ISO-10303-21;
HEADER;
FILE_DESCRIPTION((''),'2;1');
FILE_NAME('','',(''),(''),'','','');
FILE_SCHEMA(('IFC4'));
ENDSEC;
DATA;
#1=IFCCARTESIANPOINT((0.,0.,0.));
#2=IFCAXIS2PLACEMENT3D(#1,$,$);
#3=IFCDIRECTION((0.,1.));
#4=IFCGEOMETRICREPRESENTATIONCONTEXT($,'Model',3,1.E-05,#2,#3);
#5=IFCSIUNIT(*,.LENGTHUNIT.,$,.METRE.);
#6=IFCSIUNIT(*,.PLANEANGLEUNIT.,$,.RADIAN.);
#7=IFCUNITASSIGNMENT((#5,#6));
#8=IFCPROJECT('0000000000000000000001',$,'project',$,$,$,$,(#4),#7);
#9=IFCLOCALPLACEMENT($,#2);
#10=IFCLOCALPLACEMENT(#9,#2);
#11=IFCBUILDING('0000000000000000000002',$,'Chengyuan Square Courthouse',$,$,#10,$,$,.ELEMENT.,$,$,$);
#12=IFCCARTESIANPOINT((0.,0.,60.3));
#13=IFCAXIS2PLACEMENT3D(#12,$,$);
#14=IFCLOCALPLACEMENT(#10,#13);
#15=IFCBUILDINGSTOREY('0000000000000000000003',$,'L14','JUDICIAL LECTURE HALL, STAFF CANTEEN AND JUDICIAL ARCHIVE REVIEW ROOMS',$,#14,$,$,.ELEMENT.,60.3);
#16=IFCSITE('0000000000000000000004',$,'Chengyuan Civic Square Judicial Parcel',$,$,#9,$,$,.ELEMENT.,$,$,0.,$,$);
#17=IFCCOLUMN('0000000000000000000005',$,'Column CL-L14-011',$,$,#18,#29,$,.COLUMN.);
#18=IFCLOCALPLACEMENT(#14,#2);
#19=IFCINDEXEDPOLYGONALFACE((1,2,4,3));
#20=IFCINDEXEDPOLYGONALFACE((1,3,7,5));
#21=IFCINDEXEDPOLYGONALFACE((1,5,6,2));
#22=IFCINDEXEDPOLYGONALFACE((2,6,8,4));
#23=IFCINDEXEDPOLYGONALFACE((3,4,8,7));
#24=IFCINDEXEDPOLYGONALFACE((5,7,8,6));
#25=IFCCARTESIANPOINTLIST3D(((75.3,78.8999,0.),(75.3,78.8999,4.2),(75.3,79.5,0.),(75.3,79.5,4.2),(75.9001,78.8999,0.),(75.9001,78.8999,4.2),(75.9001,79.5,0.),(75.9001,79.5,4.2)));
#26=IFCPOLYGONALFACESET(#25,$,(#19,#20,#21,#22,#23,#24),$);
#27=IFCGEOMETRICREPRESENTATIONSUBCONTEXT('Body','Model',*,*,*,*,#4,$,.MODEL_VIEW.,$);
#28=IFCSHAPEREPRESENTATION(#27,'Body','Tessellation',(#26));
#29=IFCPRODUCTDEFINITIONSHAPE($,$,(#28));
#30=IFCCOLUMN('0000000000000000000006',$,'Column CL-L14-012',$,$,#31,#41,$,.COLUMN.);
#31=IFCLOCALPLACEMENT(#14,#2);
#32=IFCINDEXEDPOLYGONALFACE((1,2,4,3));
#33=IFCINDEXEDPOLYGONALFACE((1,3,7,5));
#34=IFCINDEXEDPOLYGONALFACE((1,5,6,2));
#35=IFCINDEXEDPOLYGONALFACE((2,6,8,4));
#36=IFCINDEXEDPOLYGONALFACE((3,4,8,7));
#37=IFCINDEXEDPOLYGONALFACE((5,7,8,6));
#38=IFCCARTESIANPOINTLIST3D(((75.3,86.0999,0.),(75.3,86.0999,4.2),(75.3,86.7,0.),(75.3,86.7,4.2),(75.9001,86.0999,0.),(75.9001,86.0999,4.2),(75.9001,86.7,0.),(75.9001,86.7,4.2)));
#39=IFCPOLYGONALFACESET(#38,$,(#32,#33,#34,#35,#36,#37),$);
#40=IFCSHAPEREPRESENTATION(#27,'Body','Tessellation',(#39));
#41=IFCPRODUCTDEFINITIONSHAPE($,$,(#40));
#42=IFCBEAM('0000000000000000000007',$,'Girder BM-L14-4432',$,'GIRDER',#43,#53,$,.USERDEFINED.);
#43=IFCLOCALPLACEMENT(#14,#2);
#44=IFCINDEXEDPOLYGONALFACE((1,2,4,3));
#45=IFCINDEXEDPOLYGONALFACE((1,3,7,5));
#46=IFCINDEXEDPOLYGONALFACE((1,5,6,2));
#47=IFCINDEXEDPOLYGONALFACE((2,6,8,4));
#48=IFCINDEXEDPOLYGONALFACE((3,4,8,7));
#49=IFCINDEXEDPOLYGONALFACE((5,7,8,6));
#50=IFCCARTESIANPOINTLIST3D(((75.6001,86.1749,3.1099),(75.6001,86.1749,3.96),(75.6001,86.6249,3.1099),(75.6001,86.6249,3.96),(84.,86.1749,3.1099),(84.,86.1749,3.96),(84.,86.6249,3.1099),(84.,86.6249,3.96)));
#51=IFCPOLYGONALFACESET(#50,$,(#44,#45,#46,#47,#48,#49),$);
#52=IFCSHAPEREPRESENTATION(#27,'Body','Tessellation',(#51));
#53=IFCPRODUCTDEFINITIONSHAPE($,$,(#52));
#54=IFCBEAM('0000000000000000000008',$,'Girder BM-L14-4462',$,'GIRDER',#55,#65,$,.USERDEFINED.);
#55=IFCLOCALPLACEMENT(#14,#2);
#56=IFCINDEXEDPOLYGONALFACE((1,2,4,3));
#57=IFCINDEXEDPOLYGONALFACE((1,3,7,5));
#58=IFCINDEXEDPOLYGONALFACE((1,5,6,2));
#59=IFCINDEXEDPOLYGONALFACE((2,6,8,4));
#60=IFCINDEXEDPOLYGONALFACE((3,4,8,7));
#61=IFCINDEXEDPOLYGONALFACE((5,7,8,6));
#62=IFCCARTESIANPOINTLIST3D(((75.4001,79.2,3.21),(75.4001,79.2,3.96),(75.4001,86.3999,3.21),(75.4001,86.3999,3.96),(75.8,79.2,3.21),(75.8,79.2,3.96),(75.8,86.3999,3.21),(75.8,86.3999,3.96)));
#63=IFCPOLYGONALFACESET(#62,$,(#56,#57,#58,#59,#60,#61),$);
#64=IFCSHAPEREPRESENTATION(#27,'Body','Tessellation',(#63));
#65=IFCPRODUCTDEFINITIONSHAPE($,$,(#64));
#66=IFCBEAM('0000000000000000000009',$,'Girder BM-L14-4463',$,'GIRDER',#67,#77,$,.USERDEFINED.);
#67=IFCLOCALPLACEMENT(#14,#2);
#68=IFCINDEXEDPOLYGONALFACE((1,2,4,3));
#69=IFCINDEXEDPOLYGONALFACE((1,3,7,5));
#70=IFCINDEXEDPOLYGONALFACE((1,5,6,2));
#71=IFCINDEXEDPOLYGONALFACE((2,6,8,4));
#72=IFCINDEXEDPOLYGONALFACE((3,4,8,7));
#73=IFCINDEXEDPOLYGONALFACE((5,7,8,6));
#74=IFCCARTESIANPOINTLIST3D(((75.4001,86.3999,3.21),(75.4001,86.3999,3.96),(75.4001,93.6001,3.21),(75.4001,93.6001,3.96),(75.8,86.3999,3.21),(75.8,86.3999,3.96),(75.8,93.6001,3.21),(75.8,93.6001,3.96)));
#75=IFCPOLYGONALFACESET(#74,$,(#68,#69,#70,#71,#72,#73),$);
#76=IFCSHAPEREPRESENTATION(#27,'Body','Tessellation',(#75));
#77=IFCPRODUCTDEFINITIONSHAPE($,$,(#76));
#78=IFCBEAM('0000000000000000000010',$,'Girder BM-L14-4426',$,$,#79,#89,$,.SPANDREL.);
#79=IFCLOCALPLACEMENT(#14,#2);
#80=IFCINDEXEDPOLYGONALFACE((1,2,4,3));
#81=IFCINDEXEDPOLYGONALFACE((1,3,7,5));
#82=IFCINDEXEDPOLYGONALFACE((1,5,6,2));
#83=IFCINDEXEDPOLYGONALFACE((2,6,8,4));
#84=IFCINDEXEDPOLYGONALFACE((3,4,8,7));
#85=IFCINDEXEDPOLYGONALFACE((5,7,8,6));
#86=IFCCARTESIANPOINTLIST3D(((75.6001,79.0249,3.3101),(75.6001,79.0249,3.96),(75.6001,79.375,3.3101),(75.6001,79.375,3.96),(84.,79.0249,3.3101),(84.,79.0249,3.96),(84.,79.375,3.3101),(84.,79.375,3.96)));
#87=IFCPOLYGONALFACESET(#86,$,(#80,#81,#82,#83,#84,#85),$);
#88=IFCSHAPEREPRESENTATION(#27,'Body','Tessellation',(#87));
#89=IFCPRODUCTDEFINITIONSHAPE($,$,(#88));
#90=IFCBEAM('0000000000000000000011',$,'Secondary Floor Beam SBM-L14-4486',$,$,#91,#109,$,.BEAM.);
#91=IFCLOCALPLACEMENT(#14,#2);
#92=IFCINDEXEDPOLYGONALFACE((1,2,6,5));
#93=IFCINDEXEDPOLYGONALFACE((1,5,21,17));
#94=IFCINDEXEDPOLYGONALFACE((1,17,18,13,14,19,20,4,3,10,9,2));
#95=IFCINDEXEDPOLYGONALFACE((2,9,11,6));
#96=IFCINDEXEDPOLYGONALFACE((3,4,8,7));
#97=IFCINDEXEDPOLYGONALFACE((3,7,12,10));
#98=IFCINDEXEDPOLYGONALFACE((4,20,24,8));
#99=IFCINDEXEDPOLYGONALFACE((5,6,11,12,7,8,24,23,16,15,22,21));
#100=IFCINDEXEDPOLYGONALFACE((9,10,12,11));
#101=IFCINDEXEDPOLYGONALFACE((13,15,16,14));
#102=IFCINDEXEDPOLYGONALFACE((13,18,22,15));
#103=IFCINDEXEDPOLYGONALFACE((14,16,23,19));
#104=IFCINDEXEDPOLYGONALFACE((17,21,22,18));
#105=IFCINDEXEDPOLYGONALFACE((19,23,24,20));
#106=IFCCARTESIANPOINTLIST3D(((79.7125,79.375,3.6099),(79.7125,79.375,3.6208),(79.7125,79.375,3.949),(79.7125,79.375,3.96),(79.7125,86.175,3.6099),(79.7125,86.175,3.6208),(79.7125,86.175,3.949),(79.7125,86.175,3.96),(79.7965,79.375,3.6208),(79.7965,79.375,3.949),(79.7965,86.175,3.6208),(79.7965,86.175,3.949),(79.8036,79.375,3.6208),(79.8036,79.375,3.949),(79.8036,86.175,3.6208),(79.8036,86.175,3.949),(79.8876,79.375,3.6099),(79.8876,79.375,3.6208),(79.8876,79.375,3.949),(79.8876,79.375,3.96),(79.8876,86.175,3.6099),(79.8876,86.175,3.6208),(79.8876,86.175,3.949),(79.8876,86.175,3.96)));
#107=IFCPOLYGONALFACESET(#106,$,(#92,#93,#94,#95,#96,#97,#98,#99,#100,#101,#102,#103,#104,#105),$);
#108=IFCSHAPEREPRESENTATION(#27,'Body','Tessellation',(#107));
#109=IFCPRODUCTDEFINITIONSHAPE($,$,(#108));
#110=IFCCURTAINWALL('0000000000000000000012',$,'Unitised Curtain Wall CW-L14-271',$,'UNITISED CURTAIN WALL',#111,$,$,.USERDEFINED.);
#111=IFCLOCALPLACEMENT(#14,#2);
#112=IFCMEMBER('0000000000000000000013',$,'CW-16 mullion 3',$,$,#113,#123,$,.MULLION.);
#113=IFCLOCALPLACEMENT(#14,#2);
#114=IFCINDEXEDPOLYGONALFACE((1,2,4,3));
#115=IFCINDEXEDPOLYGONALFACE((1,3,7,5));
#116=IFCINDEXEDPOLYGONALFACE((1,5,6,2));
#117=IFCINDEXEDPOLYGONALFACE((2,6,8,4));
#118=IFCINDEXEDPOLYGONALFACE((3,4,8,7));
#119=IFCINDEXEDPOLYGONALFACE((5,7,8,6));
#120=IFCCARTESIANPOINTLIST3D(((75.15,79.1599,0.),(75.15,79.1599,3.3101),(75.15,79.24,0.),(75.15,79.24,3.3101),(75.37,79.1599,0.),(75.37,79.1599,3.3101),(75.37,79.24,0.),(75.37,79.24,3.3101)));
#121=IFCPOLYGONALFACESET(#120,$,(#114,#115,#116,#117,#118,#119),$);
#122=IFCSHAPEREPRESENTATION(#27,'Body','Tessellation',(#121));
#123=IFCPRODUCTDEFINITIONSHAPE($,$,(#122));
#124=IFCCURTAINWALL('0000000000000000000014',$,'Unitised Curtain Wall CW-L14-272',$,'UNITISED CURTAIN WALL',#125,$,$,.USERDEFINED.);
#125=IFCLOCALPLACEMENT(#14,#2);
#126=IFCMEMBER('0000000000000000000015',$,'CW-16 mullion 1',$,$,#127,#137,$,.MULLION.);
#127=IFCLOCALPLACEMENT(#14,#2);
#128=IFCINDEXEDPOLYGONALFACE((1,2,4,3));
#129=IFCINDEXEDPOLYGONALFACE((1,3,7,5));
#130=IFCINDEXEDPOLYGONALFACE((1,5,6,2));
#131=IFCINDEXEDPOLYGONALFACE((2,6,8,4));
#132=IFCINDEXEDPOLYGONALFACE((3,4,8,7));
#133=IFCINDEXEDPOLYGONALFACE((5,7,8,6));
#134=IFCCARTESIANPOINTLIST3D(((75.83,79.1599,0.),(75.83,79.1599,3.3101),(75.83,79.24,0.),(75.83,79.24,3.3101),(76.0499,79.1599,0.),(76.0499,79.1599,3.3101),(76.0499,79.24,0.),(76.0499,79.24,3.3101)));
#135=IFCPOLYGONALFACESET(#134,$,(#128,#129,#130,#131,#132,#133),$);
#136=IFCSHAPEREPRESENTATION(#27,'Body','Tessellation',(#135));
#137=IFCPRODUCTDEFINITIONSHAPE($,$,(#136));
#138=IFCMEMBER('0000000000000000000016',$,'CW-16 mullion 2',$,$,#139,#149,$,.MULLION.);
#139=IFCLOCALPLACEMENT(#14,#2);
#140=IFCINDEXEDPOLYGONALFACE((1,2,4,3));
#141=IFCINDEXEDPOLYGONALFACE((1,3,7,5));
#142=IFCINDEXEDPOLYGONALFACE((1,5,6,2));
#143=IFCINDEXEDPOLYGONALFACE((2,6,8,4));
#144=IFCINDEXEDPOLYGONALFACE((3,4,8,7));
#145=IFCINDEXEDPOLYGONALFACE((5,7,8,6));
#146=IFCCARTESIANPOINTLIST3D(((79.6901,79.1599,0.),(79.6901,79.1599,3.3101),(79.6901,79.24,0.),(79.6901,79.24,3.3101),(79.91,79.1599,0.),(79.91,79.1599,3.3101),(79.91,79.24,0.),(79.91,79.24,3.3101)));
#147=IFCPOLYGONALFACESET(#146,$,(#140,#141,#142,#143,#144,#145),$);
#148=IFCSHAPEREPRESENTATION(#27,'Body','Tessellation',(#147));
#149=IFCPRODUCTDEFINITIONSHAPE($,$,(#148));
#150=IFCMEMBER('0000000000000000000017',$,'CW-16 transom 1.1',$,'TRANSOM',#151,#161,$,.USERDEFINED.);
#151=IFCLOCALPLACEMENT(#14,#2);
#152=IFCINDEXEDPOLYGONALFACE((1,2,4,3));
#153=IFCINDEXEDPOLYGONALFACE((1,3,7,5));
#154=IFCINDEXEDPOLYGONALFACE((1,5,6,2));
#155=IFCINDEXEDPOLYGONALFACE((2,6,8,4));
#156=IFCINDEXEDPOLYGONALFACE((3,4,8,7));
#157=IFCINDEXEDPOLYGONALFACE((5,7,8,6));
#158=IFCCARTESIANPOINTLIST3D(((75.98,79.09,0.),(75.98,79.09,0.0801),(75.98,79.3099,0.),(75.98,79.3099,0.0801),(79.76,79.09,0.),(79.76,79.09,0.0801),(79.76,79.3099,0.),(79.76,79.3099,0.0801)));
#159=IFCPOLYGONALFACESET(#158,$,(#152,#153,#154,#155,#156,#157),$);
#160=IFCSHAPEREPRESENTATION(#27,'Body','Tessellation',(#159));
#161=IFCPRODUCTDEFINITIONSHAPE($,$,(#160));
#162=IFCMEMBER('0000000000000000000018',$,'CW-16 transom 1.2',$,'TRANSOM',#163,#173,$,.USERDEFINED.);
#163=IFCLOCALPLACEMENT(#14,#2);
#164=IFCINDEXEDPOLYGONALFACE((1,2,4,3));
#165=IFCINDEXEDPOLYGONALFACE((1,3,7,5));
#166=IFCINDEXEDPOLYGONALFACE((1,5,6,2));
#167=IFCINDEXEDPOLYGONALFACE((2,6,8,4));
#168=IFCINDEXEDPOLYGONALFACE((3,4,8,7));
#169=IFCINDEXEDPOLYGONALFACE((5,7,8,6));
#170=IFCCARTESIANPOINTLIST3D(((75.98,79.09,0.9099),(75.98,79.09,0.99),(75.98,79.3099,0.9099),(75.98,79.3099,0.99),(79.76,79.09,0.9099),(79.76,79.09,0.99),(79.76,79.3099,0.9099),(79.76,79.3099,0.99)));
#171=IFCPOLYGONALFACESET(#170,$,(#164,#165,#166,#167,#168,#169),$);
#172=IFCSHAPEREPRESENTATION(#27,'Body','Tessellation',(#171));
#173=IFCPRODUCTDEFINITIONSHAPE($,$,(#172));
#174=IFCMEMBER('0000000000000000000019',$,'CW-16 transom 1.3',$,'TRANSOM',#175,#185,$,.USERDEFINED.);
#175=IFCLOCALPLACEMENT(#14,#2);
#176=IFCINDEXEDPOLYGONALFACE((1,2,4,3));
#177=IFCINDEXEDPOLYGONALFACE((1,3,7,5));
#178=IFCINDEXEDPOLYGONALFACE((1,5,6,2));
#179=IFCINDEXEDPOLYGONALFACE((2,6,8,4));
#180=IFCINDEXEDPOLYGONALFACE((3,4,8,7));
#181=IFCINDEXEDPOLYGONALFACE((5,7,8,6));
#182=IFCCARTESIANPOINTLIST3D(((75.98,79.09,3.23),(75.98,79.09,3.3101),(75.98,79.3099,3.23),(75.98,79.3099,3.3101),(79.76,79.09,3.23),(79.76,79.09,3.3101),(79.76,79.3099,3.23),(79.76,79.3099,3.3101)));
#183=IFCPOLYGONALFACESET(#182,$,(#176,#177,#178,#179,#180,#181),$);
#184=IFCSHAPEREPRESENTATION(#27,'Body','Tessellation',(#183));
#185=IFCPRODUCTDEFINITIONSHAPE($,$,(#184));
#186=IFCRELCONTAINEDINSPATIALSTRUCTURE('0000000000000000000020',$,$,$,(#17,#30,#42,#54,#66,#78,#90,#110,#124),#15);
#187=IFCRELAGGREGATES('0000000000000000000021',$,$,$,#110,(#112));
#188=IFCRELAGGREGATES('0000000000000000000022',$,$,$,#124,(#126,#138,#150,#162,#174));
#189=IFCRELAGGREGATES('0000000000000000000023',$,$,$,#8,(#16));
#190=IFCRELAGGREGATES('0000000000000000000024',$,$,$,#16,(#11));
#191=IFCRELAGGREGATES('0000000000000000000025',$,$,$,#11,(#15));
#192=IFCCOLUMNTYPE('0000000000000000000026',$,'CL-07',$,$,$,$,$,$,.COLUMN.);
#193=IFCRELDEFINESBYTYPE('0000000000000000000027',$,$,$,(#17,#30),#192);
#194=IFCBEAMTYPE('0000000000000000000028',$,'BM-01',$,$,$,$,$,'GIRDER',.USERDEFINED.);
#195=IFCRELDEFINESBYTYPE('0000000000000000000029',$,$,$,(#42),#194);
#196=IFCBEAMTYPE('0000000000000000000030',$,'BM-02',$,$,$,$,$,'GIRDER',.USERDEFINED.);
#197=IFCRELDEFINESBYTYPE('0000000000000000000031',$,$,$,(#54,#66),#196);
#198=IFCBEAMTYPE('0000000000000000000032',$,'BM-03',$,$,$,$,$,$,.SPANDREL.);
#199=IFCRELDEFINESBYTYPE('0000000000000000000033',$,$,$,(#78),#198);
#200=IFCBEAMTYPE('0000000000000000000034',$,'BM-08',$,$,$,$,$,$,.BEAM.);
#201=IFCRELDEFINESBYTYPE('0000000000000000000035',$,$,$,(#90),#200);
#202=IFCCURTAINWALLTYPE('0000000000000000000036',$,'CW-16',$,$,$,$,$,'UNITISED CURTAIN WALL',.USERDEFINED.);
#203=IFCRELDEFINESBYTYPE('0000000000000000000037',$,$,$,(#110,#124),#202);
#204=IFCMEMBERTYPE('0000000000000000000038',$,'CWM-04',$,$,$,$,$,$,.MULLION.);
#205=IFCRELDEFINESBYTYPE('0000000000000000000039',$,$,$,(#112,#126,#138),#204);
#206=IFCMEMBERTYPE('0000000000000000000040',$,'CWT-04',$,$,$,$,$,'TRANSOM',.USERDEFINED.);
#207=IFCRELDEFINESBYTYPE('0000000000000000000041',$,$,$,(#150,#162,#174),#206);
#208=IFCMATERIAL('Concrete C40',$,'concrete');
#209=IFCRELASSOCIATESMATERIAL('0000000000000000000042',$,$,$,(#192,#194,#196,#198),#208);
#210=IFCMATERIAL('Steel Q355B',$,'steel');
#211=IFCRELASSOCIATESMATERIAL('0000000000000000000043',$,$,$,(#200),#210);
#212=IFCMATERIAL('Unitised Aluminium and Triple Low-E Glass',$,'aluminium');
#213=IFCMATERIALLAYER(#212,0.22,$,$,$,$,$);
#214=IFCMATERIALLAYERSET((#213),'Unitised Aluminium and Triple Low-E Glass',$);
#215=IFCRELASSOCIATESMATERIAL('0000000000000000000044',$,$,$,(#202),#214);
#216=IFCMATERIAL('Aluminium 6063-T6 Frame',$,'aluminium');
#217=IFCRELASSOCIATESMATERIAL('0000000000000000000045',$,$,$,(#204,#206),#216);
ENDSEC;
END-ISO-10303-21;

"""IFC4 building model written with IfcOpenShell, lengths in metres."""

from ifc_helpers import new_model, si_unit, direction, frame, origin, origin_2d, place, context, subcontext, project, spatial, rectangle, i_section, extrude, material, layer, layer_set, material_profile, profile_set, type_object, element, aggregate, save


model = new_model("IFC4")

# Units and contexts
model_context = context("Model", 3, precision=1e-05, world=origin(), true_north=direction((0.0, 1.0)))
body_context = subcontext(model_context, "Body", "Model", "MODEL_VIEW")
ifc_project = project(units=[si_unit("LENGTHUNIT", "METRE"), si_unit("PLANEANGLEUNIT", "RADIAN")], contexts=[model_context])

# Site, building, storey
site_placement = place(None, origin())
site = spatial("IfcSite", under=ifc_project, at=site_placement, Name="Chengyuan Civic Square Judicial Parcel", CompositionType="ELEMENT", RefElevation=0.0)
building_placement = place(site_placement, origin())
building = spatial("IfcBuilding", under=site, at=building_placement, Name="Chengyuan Square Courthouse", CompositionType="ELEMENT")
storey_placement = place(building_placement, frame((0.0, 0.0, 60.3)))
storey = spatial("IfcBuildingStorey", under=building, at=storey_placement, Name="L14", Description="JUDICIAL LECTURE HALL, STAFF CANTEEN AND JUDICIAL ARCHIVE REVIEW ROOMS", CompositionType="ELEMENT", Elevation=60.3)

# Columns
ifc_material_1 = material(Name="Concrete C40", Category="concrete")
ifc_material_profile_1 = material_profile(ifc_material_1, rectangle(XDim=0.6001, YDim=0.6001, at=origin_2d()), Name="RC-COL-600x600")
ifc_profile_set_1 = profile_set([ifc_material_profile_1], Name="Concrete C40")
column_type = type_object("IfcColumnType", Name="CL-07", PredefinedType="COLUMN", material=ifc_profile_set_1)
for number, where, z_axis, x_axis, name in (
    (1, (75.6001, 79.2, 0.0), (0.0, 0.0, 1.0), (1.0, 0.0, 0.0), "Column CL-L14-011"),
    (2, (75.6001, 86.3999, 0.0), (0.0, 0.0, 1.0), (1.0, 0.0, 0.0), "Column CL-L14-012"),
):
    element("IfcColumn", number, at=place(storey_placement, frame(where, z_axis=z_axis, x_axis=x_axis)), inside=storey, type_object=column_type, Name=name, PredefinedType="COLUMN", context=body_context, shape_type="SweptSolid", body=[
        extrude(rectangle(XDim=0.6001, YDim=0.6001, at=origin_2d()), origin(), (0.0, 0.0, 1.0), 4.2),
    ])

# Beams
ifc_material_profile_2 = material_profile(ifc_material_1, rectangle(XDim=0.45, YDim=0.8501, at=origin_2d()), Name="RC-BM-450x850")
ifc_profile_set_2 = profile_set([ifc_material_profile_2], Name="Concrete C40")
beam_type_1 = type_object("IfcBeamType", Name="BM-01", ElementType="GIRDER", PredefinedType="USERDEFINED", material=ifc_profile_set_2)
beam_1_placement = place(storey_placement, frame((75.6001, 86.3999, 3.5349), z_axis=(1.0, 0.0, 0.0), x_axis=(0.0, 1.0, 0.0)))
element("IfcBeam", 3, at=beam_1_placement, inside=storey, type_object=beam_type_1, Name="Girder BM-L14-4432", ObjectType="GIRDER", PredefinedType="USERDEFINED", context=body_context, shape_type="SweptSolid", body=[
    extrude(rectangle(XDim=0.45, YDim=0.8501, at=origin_2d()), origin(), (0.0, 0.0, 1.0), 8.3999),
])
ifc_material_profile_3 = material_profile(ifc_material_1, rectangle(XDim=0.3999, YDim=0.75, at=origin_2d()), Name="RC-BM-400x750")
ifc_profile_set_3 = profile_set([ifc_material_profile_3], Name="Concrete C40")
beam_type_2 = type_object("IfcBeamType", Name="BM-02", ElementType="GIRDER", PredefinedType="USERDEFINED", material=ifc_profile_set_3)
beam_2_placement = place(storey_placement, frame((75.6001, 79.2, 3.585), z_axis=(0.0, 1.0, 0.0), x_axis=(-1.0, 0.0, 0.0)))
element("IfcBeam", 4, at=beam_2_placement, inside=storey, type_object=beam_type_2, Name="Girder BM-L14-4462", ObjectType="GIRDER", PredefinedType="USERDEFINED", context=body_context, shape_type="SweptSolid", body=[
    extrude(rectangle(XDim=0.3999, YDim=0.75, at=origin_2d()), origin(), (0.0, 0.0, 1.0), 7.2),
])
beam_3_placement = place(storey_placement, frame((75.6001, 86.3999, 3.585), z_axis=(0.0, 1.0, 0.0), x_axis=(-1.0, 0.0, 0.0)))
element("IfcBeam", 5, at=beam_3_placement, inside=storey, type_object=beam_type_2, Name="Girder BM-L14-4463", ObjectType="GIRDER", PredefinedType="USERDEFINED", context=body_context, shape_type="SweptSolid", body=[
    extrude(rectangle(XDim=0.3999, YDim=0.75, at=origin_2d()), origin(), (0.0, 0.0, 1.0), 7.2002),
])
ifc_material_profile_4 = material_profile(ifc_material_1, rectangle(XDim=0.3501, YDim=0.6499, at=origin_2d()), Name="RC-BM-350x650")
ifc_profile_set_4 = profile_set([ifc_material_profile_4], Name="Concrete C40")
beam_type_3 = type_object("IfcBeamType", Name="BM-03", PredefinedType="SPANDREL", material=ifc_profile_set_4)
beam_4_placement = place(storey_placement, frame((75.6001, 79.2, 3.635), z_axis=(1.0, 0.0, 0.0), x_axis=(0.0, 1.0, 0.0)))
element("IfcBeam", 6, at=beam_4_placement, inside=storey, type_object=beam_type_3, Name="Girder BM-L14-4426", PredefinedType="SPANDREL", context=body_context, shape_type="SweptSolid", body=[
    extrude(rectangle(XDim=0.3501, YDim=0.6499, at=origin_2d()), origin(), (0.0, 0.0, 1.0), 8.3999),
])
ifc_material_2 = material(Name="Steel Q355B", Category="steel")
ifc_material_profile_5 = material_profile(ifc_material_2, i_section(OverallWidth=0.175, OverallDepth=0.3501, WebThickness=0.0071, FlangeThickness=0.011, at=origin_2d()), Name="HN 350x175x7x11")
ifc_profile_set_5 = profile_set([ifc_material_profile_5], Name="Steel Q355B")
beam_type_4 = type_object("IfcBeamType", Name="BM-08", PredefinedType="BEAM", material=ifc_profile_set_5)
beam_5_placement = place(storey_placement, frame((79.8, 79.375, 3.7849), z_axis=(0.0, 1.0, 0.0), x_axis=(-1.0, 0.0, 0.0)))
element("IfcBeam", 7, at=beam_5_placement, inside=storey, type_object=beam_type_4, Name="Secondary Floor Beam SBM-L14-4486", PredefinedType="BEAM", context=body_context, shape_type="SweptSolid", body=[
    extrude(i_section(OverallWidth=0.175, OverallDepth=0.3501, WebThickness=0.0071, FlangeThickness=0.011, at=origin_2d()), origin(), (0.0, 0.0, 1.0), 6.8),
])

# Curtain wall, member
ifc_material_3 = material(Name="Unitised Aluminium and Triple Low-E Glass", Category="aluminium")
ifc_layer_1 = layer(ifc_material_3, 0.22)
ifc_layer_set_1 = layer_set([ifc_layer_1], Name="Unitised Aluminium and Triple Low-E Glass")
curtain_wall_type = type_object("IfcCurtainWallType", Name="CW-16", ElementType="UNITISED CURTAIN WALL", PredefinedType="USERDEFINED", material=ifc_layer_set_1)
curtain_wall_1_placement = place(storey_placement, origin())
curtain_wall_1 = element("IfcCurtainWall", 8, at=curtain_wall_1_placement, inside=storey, type_object=curtain_wall_type, Name="Unitised Curtain Wall CW-L14-271", ObjectType="UNITISED CURTAIN WALL", PredefinedType="USERDEFINED")
ifc_material_4 = material(Name="Aluminium 6063-T6 Frame", Category="aluminium")
ifc_material_profile_6 = material_profile(ifc_material_4, rectangle(XDim=0.0801, YDim=0.22, at=origin_2d()), Name="CW-MUL-80x220")
ifc_profile_set_6 = profile_set([ifc_material_profile_6], Name="Aluminium 6063-T6 Frame")
member_type_1 = type_object("IfcMemberType", Name="CWM-04", PredefinedType="MULLION", material=ifc_profile_set_6)
member_1_placement = place(storey_placement, frame((75.26, 79.2, 0.0), z_axis=(0.0, 0.0, 1.0), x_axis=(0.0, 1.0, 0.0)))
member_1 = element("IfcMember", 9, at=member_1_placement, type_object=member_type_1, Name="CW-16 mullion 3", PredefinedType="MULLION", context=body_context, shape_type="SweptSolid", body=[
    extrude(rectangle(XDim=0.0801, YDim=0.22, at=origin_2d()), origin(), (0.0, 0.0, 1.0), 3.3101),
])
aggregate(curtain_wall_1, [member_1])

# Curtain wall, members
curtain_wall_2_placement = place(storey_placement, origin())
curtain_wall_2 = element("IfcCurtainWall", 10, at=curtain_wall_2_placement, inside=storey, type_object=curtain_wall_type, Name="Unitised Curtain Wall CW-L14-272", ObjectType="UNITISED CURTAIN WALL", PredefinedType="USERDEFINED")
member_2_placement = place(storey_placement, frame((75.9399, 79.2, 0.0), z_axis=(0.0, 0.0, 1.0), x_axis=(0.0, 1.0, 0.0)))
member_2 = element("IfcMember", 11, at=member_2_placement, type_object=member_type_1, Name="CW-16 mullion 1", PredefinedType="MULLION", context=body_context, shape_type="SweptSolid", body=[
    extrude(rectangle(XDim=0.0801, YDim=0.22, at=origin_2d()), origin(), (0.0, 0.0, 1.0), 3.3101),
])
member_3_placement = place(storey_placement, frame((79.8, 79.2, 0.0), z_axis=(0.0, 0.0, 1.0), x_axis=(0.0, 1.0, 0.0)))
member_3 = element("IfcMember", 12, at=member_3_placement, type_object=member_type_1, Name="CW-16 mullion 2", PredefinedType="MULLION", context=body_context, shape_type="SweptSolid", body=[
    extrude(rectangle(XDim=0.0801, YDim=0.22, at=origin_2d()), origin(), (0.0, 0.0, 1.0), 3.3101),
])
ifc_material_profile_7 = material_profile(ifc_material_4, rectangle(XDim=0.22, YDim=0.0801, at=origin_2d()), Name="CW-TRN-80x180")
ifc_profile_set_7 = profile_set([ifc_material_profile_7], Name="Aluminium 6063-T6 Frame")
member_type_2 = type_object("IfcMemberType", Name="CWT-04", ElementType="TRANSOM", PredefinedType="USERDEFINED", material=ifc_profile_set_7)
member_4_placement = place(storey_placement, frame((75.98, 79.2, 0.04), z_axis=(1.0, 0.0, 0.0), x_axis=(0.0, 1.0, 0.0)))
member_4 = element("IfcMember", 13, at=member_4_placement, type_object=member_type_2, Name="CW-16 transom 1.1", ObjectType="TRANSOM", PredefinedType="USERDEFINED", context=body_context, shape_type="SweptSolid", body=[
    extrude(rectangle(XDim=0.22, YDim=0.0801, at=origin_2d()), origin(), (0.0, 0.0, 1.0), 3.78),
])
member_5_placement = place(storey_placement, frame((75.98, 79.2, 0.95), z_axis=(1.0, 0.0, 0.0), x_axis=(0.0, 1.0, 0.0)))
member_5 = element("IfcMember", 14, at=member_5_placement, type_object=member_type_2, Name="CW-16 transom 1.2", ObjectType="TRANSOM", PredefinedType="USERDEFINED", context=body_context, shape_type="SweptSolid", body=[
    extrude(rectangle(XDim=0.22, YDim=0.0801, at=origin_2d()), origin(), (0.0, 0.0, 1.0), 3.78),
])
member_6_placement = place(storey_placement, frame((75.98, 79.2, 3.27), z_axis=(1.0, 0.0, 0.0), x_axis=(0.0, 1.0, 0.0)))
member_6 = element("IfcMember", 15, at=member_6_placement, type_object=member_type_2, Name="CW-16 transom 1.3", ObjectType="TRANSOM", PredefinedType="USERDEFINED", context=body_context, shape_type="SweptSolid", body=[
    extrude(rectangle(XDim=0.22, YDim=0.0801, at=origin_2d()), origin(), (0.0, 0.0, 1.0), 3.78),
])
aggregate(curtain_wall_2, [member_2, member_3, member_4, member_5, member_6])

save(model, "model.ifc")
